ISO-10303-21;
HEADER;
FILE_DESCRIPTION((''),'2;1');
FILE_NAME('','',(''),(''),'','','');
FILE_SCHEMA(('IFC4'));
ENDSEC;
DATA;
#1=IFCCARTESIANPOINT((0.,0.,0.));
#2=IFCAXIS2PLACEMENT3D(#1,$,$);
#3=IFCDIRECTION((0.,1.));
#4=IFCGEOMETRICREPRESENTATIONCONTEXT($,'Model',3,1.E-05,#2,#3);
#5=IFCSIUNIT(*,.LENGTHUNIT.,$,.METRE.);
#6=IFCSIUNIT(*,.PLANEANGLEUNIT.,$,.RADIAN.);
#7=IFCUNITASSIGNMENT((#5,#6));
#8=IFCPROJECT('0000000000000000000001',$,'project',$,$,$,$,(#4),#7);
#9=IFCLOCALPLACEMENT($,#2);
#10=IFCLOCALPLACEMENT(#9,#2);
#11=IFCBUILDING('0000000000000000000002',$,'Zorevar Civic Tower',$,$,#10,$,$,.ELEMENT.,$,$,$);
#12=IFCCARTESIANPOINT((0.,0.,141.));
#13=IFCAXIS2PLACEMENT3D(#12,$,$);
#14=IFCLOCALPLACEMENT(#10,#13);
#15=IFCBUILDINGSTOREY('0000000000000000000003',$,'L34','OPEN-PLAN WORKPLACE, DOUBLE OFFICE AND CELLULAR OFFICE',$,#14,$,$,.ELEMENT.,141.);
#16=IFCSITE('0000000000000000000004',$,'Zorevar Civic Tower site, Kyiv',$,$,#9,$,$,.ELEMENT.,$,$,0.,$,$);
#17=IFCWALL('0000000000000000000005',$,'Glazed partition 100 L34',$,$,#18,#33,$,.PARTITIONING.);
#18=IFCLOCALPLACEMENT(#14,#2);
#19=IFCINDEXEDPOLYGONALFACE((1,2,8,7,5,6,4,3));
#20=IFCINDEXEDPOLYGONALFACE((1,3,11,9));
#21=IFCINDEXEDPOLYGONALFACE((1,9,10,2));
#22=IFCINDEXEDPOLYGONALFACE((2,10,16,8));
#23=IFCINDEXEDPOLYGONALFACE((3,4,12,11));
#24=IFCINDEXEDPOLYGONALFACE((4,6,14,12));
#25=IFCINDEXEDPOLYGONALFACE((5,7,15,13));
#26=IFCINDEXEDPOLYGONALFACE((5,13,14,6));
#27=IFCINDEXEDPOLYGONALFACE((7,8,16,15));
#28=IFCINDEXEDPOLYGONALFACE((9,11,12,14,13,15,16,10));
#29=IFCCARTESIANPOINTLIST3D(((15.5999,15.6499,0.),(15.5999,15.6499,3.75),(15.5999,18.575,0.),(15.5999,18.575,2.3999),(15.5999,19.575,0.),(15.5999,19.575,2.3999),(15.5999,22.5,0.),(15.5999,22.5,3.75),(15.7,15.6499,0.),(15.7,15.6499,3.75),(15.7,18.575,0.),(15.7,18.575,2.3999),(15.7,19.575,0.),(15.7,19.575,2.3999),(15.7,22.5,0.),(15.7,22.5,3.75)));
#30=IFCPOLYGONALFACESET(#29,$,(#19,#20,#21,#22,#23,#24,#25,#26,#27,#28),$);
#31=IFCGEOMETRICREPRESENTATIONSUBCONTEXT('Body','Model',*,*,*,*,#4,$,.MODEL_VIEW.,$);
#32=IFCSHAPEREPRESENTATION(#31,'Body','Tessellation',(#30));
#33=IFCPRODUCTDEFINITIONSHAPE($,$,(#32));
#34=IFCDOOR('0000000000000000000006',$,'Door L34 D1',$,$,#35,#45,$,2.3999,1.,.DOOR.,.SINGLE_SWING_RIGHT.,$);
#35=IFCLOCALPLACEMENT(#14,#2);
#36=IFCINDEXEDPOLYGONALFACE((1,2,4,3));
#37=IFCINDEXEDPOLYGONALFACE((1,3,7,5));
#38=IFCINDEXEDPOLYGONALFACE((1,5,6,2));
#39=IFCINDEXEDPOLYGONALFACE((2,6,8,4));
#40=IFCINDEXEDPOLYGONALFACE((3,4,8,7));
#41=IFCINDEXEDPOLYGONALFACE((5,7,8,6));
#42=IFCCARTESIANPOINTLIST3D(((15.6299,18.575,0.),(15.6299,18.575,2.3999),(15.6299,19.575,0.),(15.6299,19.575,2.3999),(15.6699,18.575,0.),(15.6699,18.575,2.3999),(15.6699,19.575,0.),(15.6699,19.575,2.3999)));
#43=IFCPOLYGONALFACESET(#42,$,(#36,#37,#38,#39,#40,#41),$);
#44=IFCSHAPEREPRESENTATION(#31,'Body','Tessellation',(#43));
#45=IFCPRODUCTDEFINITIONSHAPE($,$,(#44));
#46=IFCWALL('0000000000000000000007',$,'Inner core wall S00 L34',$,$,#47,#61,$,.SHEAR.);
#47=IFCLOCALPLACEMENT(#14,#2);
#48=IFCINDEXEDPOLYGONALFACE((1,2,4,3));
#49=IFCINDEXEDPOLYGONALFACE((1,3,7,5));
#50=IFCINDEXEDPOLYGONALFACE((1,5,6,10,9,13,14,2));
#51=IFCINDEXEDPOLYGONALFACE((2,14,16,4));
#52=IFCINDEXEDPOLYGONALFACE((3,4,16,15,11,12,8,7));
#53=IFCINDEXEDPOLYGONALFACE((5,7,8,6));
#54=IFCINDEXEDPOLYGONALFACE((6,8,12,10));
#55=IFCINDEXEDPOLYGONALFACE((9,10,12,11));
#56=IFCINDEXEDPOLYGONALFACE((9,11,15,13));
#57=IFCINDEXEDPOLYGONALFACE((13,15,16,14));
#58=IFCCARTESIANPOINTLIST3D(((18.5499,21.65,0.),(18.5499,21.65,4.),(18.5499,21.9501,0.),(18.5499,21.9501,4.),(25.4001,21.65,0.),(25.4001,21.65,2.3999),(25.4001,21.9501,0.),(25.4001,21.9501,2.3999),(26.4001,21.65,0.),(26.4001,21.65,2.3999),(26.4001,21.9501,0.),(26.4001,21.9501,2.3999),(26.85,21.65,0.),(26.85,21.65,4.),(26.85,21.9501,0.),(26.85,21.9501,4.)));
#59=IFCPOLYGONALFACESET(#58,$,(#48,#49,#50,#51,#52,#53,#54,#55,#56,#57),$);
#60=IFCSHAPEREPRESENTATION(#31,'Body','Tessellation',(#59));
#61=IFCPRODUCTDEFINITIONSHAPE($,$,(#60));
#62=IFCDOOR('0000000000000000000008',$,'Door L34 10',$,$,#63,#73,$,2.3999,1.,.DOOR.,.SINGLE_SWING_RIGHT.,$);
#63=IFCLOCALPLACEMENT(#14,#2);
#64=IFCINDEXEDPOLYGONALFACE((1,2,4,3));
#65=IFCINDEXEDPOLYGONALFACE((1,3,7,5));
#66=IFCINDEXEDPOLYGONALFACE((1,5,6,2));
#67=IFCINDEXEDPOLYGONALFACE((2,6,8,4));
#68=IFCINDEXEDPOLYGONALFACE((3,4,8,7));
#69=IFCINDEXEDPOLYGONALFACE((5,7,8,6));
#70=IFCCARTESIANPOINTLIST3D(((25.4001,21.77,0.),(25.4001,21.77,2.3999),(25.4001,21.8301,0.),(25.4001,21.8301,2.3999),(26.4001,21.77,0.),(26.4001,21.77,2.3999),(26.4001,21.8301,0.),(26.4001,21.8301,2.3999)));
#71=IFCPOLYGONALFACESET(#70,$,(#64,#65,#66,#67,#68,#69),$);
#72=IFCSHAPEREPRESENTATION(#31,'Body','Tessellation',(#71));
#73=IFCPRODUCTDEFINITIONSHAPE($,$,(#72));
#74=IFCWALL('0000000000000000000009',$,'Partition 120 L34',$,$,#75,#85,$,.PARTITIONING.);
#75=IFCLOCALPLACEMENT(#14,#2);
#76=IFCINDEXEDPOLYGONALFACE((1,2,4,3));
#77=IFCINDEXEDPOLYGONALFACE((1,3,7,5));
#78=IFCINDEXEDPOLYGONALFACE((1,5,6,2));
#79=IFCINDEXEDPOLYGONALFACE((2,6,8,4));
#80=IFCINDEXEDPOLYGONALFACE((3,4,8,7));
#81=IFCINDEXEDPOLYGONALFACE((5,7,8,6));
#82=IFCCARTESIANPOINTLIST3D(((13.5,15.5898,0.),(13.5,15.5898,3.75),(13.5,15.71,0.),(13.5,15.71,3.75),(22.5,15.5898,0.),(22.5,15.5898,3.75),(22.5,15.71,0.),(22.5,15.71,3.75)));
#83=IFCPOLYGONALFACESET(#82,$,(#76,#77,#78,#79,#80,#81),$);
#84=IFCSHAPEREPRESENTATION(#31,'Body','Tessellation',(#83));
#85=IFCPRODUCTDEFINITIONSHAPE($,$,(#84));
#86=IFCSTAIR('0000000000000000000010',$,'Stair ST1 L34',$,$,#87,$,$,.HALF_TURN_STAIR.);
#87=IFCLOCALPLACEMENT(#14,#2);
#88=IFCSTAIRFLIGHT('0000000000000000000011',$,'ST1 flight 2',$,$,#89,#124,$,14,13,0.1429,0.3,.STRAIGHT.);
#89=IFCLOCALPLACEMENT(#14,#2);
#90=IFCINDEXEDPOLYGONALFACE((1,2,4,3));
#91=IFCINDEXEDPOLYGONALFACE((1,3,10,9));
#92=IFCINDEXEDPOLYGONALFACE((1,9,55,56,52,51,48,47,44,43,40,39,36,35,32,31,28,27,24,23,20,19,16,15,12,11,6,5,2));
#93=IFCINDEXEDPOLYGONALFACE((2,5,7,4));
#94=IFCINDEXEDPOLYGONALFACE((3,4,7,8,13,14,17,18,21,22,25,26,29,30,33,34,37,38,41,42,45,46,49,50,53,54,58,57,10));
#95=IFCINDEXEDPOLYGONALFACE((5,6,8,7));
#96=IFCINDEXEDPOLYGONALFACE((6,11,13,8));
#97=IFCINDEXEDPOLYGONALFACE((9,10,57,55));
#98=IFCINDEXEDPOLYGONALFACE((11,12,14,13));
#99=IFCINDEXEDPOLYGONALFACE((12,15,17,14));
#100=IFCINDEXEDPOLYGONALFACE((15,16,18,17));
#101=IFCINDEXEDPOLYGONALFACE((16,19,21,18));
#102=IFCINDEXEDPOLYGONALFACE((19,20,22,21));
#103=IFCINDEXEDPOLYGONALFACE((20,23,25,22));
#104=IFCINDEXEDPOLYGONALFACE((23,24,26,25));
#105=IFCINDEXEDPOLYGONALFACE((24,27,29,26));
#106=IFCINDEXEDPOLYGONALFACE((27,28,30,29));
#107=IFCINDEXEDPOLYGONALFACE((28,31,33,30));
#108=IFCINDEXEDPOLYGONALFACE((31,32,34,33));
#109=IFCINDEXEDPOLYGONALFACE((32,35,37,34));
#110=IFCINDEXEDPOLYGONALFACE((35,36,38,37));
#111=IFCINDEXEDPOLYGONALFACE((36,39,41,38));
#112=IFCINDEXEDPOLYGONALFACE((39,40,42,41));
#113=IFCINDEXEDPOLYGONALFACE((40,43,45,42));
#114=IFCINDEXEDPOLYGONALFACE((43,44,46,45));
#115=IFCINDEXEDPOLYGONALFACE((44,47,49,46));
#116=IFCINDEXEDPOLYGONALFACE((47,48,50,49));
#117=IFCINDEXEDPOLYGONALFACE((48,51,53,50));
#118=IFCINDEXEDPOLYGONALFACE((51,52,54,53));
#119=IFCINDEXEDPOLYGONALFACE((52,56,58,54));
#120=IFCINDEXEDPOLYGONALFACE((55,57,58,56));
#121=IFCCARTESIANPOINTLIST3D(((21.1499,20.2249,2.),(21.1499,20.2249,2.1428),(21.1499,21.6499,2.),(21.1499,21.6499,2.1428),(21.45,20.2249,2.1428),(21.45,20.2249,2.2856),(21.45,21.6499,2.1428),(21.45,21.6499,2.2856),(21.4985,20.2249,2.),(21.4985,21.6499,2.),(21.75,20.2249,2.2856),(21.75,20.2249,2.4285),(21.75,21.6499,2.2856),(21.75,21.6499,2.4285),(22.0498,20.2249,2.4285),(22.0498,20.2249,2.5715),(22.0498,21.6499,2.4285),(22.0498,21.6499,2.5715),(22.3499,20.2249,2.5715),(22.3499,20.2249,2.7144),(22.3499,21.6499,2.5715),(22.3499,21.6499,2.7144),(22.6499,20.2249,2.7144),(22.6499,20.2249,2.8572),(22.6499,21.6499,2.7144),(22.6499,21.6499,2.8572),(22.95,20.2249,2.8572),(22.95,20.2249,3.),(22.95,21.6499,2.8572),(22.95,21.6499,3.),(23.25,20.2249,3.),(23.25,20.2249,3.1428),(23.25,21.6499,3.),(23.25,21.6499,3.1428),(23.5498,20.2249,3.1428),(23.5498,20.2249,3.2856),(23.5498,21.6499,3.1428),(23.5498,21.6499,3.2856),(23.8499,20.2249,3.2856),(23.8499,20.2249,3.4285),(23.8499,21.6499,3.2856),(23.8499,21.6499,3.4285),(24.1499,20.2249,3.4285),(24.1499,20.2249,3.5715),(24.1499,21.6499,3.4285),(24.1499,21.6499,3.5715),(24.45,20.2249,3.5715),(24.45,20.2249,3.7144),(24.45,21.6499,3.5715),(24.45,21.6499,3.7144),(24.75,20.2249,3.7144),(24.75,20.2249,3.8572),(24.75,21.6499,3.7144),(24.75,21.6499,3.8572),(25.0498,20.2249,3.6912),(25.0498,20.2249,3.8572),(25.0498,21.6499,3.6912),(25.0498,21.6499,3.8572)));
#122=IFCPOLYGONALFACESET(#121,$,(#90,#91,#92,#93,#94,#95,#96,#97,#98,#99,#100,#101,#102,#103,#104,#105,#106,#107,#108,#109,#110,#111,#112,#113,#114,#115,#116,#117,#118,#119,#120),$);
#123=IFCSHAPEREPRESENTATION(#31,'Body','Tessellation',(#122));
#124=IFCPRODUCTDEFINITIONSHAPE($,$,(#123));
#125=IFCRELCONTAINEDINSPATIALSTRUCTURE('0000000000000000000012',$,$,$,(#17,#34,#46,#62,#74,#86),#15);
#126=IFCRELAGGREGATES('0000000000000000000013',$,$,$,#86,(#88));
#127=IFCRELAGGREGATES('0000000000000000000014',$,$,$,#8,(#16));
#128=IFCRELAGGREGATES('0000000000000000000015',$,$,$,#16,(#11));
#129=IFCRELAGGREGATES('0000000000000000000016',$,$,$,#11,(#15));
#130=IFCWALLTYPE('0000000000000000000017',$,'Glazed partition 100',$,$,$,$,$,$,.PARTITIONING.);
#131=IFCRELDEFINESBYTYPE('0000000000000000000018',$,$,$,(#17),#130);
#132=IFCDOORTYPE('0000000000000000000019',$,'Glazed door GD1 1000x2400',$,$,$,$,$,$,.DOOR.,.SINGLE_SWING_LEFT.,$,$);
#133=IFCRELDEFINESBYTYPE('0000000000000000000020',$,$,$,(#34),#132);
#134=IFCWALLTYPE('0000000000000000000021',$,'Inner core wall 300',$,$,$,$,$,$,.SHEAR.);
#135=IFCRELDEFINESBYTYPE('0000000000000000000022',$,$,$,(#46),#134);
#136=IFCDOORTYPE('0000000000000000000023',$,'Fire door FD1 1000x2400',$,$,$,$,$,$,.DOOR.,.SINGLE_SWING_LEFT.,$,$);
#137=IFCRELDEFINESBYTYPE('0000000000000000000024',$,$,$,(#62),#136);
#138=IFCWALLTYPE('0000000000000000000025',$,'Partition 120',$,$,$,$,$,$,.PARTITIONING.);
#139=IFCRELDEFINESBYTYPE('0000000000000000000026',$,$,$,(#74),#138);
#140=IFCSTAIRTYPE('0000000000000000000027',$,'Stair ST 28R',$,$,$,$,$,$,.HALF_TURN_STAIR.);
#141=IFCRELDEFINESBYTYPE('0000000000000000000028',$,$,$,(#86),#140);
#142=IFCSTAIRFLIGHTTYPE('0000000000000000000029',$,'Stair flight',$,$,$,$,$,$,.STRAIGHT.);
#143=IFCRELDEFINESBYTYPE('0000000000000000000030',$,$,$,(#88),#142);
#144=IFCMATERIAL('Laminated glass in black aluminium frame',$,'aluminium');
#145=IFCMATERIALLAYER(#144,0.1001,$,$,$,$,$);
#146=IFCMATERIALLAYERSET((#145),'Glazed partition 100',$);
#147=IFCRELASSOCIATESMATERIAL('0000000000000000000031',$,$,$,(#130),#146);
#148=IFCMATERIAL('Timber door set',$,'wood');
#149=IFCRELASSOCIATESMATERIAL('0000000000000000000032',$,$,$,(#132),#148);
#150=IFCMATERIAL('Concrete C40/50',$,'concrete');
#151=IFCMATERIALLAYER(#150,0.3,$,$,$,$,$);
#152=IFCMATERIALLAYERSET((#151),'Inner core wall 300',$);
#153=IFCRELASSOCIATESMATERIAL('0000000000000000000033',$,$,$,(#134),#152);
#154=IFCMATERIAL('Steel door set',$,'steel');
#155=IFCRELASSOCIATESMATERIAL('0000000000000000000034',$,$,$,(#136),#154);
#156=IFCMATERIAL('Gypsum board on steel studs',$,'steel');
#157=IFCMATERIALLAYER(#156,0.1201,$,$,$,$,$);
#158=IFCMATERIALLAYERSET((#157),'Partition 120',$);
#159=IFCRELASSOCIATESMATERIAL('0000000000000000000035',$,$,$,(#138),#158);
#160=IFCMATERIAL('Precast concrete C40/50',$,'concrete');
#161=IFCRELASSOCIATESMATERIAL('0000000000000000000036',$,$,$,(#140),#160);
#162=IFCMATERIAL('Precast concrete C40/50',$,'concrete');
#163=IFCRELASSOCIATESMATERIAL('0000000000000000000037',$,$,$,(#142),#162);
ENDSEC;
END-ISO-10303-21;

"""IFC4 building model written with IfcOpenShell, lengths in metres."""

from ifc_helpers import new_model, si_unit, direction, frame, frame_2d, origin, place, context, subcontext, project, spatial, polyline, rectangle, outline, extrude, material, layer, layer_set, type_object, element, fill, aggregate, save


model = new_model("IFC4")

# Units and contexts
model_context = context("Model", 3, precision=1e-05, world=origin(), true_north=direction((0.0, 1.0)))
body_context = subcontext(model_context, "Body", "Model", "MODEL_VIEW")
ifc_project = project(units=[si_unit("LENGTHUNIT", "METRE"), si_unit("PLANEANGLEUNIT", "RADIAN")], contexts=[model_context])

# Site, building, storey
site_placement = place(None, origin())
site = spatial("IfcSite", under=ifc_project, at=site_placement, Name="Zorevar Civic Tower site, Kyiv", CompositionType="ELEMENT", RefElevation=0.0)
building_placement = place(site_placement, origin())
building = spatial("IfcBuilding", under=site, at=building_placement, Name="Zorevar Civic Tower", CompositionType="ELEMENT")
storey_placement = place(building_placement, frame((0.0, 0.0, 141.0)))
storey = spatial("IfcBuildingStorey", under=building, at=storey_placement, Name="L34", Description="OPEN-PLAN WORKPLACE, DOUBLE OFFICE AND CELLULAR OFFICE", CompositionType="ELEMENT", Elevation=141.0)

# Walls, openings, doors
ifc_material_1 = material(Name="Laminated glass in black aluminium frame", Category="aluminium")
ifc_layer_1 = layer(ifc_material_1, 0.1001)
ifc_layer_set_1 = layer_set([ifc_layer_1], Name="Glazed partition 100")
wall_type_1 = type_object("IfcWallType", Name="Glazed partition 100", PredefinedType="PARTITIONING", material=ifc_layer_set_1)
wall_1_placement = place(storey_placement, frame((15.6499, 15.6499, 0.0), z_axis=(0.0, 0.0, 1.0), x_axis=(0.0, 1.0, 0.0)))
wall_1 = element("IfcWall", 1, at=wall_1_placement, inside=storey, type_object=wall_type_1, Name="Glazed partition 100 L34", PredefinedType="PARTITIONING", context=body_context, shape_type="SweptSolid", body=[
    extrude(rectangle(XDim=6.8501, YDim=0.1001, at=frame_2d((3.425, 0.0))), origin(), (0.0, 0.0, 1.0), 3.75),
])
opening_1_placement = place(wall_1_placement, frame((2.925, 0.0, 0.0)))
opening_1 = element("IfcOpeningElement", 2, at=opening_1_placement, cuts=wall_1, PredefinedType="OPENING", context=body_context, shape_type="SweptSolid", body=[
    extrude(rectangle(XDim=1.0, YDim=2.3999, at=frame_2d((0.5, 1.2))), frame((0.0, 0.0601, 0.0), z_axis=(0.0, -1.0, 0.0), x_axis=(1.0, 0.0, 0.0)), (0.0, 0.0, 1.0), 0.1201),
])
ifc_material_2 = material(Name="Timber door set", Category="wood")
door_type_1 = type_object("IfcDoorType", Name="Glazed door GD1 1000x2400", OperationType="SINGLE_SWING_LEFT", PredefinedType="DOOR", material=ifc_material_2)
door_1_placement = place(opening_1_placement, origin())
door_1 = element("IfcDoor", 3, at=door_1_placement, inside=storey, type_object=door_type_1, Name="Door L34 D1", OperationType="SINGLE_SWING_RIGHT", OverallHeight=2.3999, OverallWidth=1.0, PredefinedType="DOOR", context=body_context, shape_type="SweptSolid", body=[
    extrude(rectangle(XDim=1.0, YDim=2.3999, at=frame_2d((0.5, 1.2))), frame((0.0, 0.02, 0.0), z_axis=(0.0, -1.0, 0.0), x_axis=(1.0, 0.0, 0.0)), (0.0, 0.0, 1.0), 0.04),
])
fill(opening_1, door_1)
ifc_material_3 = material(Name="Concrete C40/50", Category="concrete")
ifc_layer_2 = layer(ifc_material_3, 0.3)
ifc_layer_set_2 = layer_set([ifc_layer_2], Name="Inner core wall 300")
wall_type_2 = type_object("IfcWallType", Name="Inner core wall 300", PredefinedType="SHEAR", material=ifc_layer_set_2)
wall_2_placement = place(storey_placement, frame((18.55, 21.8, 0.0), z_axis=(0.0, 0.0, 1.0), x_axis=(1.0, 0.0, 0.0)))
wall_2 = element("IfcWall", 4, at=wall_2_placement, inside=storey, type_object=wall_type_2, Name="Inner core wall S00 L34", PredefinedType="SHEAR", context=body_context, shape_type="SweptSolid", body=[
    extrude(rectangle(XDim=8.3, YDim=0.3, at=frame_2d((4.1499, 0.0))), origin(), (0.0, 0.0, 1.0), 4.0),
])
opening_2_placement = place(wall_2_placement, frame((6.8501, 0.0, 0.0)))
opening_2 = element("IfcOpeningElement", 5, at=opening_2_placement, cuts=wall_2, PredefinedType="OPENING", context=body_context, shape_type="SweptSolid", body=[
    extrude(rectangle(XDim=1.0, YDim=2.3999, at=frame_2d((0.5, 1.2))), frame((0.0, 0.1599, 0.0), z_axis=(0.0, -1.0, 0.0), x_axis=(1.0, 0.0, 0.0)), (0.0, 0.0, 1.0), 0.3201),
])
ifc_material_4 = material(Name="Steel door set", Category="steel")
door_type_2 = type_object("IfcDoorType", Name="Fire door FD1 1000x2400", OperationType="SINGLE_SWING_LEFT", PredefinedType="DOOR", material=ifc_material_4)
door_2_placement = place(opening_2_placement, origin())
door_2 = element("IfcDoor", 6, at=door_2_placement, inside=storey, type_object=door_type_2, Name="Door L34 10", OperationType="SINGLE_SWING_RIGHT", OverallHeight=2.3999, OverallWidth=1.0, PredefinedType="DOOR", context=body_context, shape_type="SweptSolid", body=[
    extrude(rectangle(XDim=1.0, YDim=2.3999, at=frame_2d((0.5, 1.2))), frame((0.0, 0.03, 0.0), z_axis=(0.0, -1.0, 0.0), x_axis=(1.0, 0.0, 0.0)), (0.0, 0.0, 1.0), 0.0601),
])
fill(opening_2, door_2)

# Wall
ifc_material_5 = material(Name="Gypsum board on steel studs", Category="steel")
ifc_layer_3 = layer(ifc_material_5, 0.1201)
ifc_layer_set_3 = layer_set([ifc_layer_3], Name="Partition 120")
wall_type_3 = type_object("IfcWallType", Name="Partition 120", PredefinedType="PARTITIONING", material=ifc_layer_set_3)
wall_3_placement = place(storey_placement, frame((13.5, 15.6499, 0.0), z_axis=(0.0, 0.0, 1.0), x_axis=(1.0, 0.0, 0.0)))
element("IfcWall", 7, at=wall_3_placement, inside=storey, type_object=wall_type_3, Name="Partition 120 L34", PredefinedType="PARTITIONING", context=body_context, shape_type="SweptSolid", body=[
    extrude(rectangle(XDim=9.0, YDim=0.1201, at=frame_2d((4.5, 0.0))), origin(), (0.0, 0.0, 1.0), 3.75),
])

# Stair, stair flight
ifc_material_6 = material(Name="Precast concrete C40/50", Category="concrete")
stair_type = type_object("IfcStairType", Name="Stair ST 28R", PredefinedType="HALF_TURN_STAIR", material=ifc_material_6)
stair_placement = place(storey_placement, origin())
stair = element("IfcStair", 8, at=stair_placement, inside=storey, type_object=stair_type, Name="Stair ST1 L34", PredefinedType="HALF_TURN_STAIR")
ifc_material_7 = material(Name="Precast concrete C40/50", Category="concrete")
stair_flight_type = type_object("IfcStairFlightType", Name="Stair flight", PredefinedType="STRAIGHT", material=ifc_material_7)
stair_flight_placement = place(storey_placement, frame((21.1499, 20.9375, 2.0), z_axis=(0.0, 0.0, 1.0), x_axis=(1.0, 0.0, 0.0)))
stair_flight = element("IfcStairFlight", 9, at=stair_flight_placement, type_object=stair_flight_type, Name="ST1 flight 2", NumberOfRisers=14, NumberOfTreads=13, PredefinedType="STRAIGHT", RiserHeight=0.1429, TreadLength=0.3, context=body_context, shape_type="SweptSolid", body=[
    extrude(outline(polyline([(0.0, 0.0), (0.0, 0.1428), (0.3, 0.1428), (0.3, 0.2856), (0.6001, 0.2856), (0.6001, 0.4285), (0.8999, 0.4285), (0.8999, 0.5715), (1.2, 0.5715), (1.2, 0.7144), (1.5, 0.7144), (1.5, 0.8572), (1.8, 0.8572), (1.8, 1.0), (2.1001, 1.0), (2.1001, 1.1428), (2.3999, 1.1428), (2.3999, 1.2856), (2.7, 1.2856), (2.7, 1.4285), (3.0, 1.4285), (3.0, 1.5715), (3.3, 1.5715), (3.3, 1.7144), (3.6001, 1.7144), (3.6001, 1.8572), (3.8999, 1.8572), (3.8999, 2.0), (3.8999, 1.6912), (0.3486, 0.0), (0.0, 0.0)])), frame((0.0, 0.7124, 0.0), z_axis=(0.0, -1.0, 0.0), x_axis=(1.0, 0.0, 0.0)), (0.0, 0.0, 1.0), 1.425),
])
aggregate(stair, [stair_flight])

save(model, "model.ifc")
